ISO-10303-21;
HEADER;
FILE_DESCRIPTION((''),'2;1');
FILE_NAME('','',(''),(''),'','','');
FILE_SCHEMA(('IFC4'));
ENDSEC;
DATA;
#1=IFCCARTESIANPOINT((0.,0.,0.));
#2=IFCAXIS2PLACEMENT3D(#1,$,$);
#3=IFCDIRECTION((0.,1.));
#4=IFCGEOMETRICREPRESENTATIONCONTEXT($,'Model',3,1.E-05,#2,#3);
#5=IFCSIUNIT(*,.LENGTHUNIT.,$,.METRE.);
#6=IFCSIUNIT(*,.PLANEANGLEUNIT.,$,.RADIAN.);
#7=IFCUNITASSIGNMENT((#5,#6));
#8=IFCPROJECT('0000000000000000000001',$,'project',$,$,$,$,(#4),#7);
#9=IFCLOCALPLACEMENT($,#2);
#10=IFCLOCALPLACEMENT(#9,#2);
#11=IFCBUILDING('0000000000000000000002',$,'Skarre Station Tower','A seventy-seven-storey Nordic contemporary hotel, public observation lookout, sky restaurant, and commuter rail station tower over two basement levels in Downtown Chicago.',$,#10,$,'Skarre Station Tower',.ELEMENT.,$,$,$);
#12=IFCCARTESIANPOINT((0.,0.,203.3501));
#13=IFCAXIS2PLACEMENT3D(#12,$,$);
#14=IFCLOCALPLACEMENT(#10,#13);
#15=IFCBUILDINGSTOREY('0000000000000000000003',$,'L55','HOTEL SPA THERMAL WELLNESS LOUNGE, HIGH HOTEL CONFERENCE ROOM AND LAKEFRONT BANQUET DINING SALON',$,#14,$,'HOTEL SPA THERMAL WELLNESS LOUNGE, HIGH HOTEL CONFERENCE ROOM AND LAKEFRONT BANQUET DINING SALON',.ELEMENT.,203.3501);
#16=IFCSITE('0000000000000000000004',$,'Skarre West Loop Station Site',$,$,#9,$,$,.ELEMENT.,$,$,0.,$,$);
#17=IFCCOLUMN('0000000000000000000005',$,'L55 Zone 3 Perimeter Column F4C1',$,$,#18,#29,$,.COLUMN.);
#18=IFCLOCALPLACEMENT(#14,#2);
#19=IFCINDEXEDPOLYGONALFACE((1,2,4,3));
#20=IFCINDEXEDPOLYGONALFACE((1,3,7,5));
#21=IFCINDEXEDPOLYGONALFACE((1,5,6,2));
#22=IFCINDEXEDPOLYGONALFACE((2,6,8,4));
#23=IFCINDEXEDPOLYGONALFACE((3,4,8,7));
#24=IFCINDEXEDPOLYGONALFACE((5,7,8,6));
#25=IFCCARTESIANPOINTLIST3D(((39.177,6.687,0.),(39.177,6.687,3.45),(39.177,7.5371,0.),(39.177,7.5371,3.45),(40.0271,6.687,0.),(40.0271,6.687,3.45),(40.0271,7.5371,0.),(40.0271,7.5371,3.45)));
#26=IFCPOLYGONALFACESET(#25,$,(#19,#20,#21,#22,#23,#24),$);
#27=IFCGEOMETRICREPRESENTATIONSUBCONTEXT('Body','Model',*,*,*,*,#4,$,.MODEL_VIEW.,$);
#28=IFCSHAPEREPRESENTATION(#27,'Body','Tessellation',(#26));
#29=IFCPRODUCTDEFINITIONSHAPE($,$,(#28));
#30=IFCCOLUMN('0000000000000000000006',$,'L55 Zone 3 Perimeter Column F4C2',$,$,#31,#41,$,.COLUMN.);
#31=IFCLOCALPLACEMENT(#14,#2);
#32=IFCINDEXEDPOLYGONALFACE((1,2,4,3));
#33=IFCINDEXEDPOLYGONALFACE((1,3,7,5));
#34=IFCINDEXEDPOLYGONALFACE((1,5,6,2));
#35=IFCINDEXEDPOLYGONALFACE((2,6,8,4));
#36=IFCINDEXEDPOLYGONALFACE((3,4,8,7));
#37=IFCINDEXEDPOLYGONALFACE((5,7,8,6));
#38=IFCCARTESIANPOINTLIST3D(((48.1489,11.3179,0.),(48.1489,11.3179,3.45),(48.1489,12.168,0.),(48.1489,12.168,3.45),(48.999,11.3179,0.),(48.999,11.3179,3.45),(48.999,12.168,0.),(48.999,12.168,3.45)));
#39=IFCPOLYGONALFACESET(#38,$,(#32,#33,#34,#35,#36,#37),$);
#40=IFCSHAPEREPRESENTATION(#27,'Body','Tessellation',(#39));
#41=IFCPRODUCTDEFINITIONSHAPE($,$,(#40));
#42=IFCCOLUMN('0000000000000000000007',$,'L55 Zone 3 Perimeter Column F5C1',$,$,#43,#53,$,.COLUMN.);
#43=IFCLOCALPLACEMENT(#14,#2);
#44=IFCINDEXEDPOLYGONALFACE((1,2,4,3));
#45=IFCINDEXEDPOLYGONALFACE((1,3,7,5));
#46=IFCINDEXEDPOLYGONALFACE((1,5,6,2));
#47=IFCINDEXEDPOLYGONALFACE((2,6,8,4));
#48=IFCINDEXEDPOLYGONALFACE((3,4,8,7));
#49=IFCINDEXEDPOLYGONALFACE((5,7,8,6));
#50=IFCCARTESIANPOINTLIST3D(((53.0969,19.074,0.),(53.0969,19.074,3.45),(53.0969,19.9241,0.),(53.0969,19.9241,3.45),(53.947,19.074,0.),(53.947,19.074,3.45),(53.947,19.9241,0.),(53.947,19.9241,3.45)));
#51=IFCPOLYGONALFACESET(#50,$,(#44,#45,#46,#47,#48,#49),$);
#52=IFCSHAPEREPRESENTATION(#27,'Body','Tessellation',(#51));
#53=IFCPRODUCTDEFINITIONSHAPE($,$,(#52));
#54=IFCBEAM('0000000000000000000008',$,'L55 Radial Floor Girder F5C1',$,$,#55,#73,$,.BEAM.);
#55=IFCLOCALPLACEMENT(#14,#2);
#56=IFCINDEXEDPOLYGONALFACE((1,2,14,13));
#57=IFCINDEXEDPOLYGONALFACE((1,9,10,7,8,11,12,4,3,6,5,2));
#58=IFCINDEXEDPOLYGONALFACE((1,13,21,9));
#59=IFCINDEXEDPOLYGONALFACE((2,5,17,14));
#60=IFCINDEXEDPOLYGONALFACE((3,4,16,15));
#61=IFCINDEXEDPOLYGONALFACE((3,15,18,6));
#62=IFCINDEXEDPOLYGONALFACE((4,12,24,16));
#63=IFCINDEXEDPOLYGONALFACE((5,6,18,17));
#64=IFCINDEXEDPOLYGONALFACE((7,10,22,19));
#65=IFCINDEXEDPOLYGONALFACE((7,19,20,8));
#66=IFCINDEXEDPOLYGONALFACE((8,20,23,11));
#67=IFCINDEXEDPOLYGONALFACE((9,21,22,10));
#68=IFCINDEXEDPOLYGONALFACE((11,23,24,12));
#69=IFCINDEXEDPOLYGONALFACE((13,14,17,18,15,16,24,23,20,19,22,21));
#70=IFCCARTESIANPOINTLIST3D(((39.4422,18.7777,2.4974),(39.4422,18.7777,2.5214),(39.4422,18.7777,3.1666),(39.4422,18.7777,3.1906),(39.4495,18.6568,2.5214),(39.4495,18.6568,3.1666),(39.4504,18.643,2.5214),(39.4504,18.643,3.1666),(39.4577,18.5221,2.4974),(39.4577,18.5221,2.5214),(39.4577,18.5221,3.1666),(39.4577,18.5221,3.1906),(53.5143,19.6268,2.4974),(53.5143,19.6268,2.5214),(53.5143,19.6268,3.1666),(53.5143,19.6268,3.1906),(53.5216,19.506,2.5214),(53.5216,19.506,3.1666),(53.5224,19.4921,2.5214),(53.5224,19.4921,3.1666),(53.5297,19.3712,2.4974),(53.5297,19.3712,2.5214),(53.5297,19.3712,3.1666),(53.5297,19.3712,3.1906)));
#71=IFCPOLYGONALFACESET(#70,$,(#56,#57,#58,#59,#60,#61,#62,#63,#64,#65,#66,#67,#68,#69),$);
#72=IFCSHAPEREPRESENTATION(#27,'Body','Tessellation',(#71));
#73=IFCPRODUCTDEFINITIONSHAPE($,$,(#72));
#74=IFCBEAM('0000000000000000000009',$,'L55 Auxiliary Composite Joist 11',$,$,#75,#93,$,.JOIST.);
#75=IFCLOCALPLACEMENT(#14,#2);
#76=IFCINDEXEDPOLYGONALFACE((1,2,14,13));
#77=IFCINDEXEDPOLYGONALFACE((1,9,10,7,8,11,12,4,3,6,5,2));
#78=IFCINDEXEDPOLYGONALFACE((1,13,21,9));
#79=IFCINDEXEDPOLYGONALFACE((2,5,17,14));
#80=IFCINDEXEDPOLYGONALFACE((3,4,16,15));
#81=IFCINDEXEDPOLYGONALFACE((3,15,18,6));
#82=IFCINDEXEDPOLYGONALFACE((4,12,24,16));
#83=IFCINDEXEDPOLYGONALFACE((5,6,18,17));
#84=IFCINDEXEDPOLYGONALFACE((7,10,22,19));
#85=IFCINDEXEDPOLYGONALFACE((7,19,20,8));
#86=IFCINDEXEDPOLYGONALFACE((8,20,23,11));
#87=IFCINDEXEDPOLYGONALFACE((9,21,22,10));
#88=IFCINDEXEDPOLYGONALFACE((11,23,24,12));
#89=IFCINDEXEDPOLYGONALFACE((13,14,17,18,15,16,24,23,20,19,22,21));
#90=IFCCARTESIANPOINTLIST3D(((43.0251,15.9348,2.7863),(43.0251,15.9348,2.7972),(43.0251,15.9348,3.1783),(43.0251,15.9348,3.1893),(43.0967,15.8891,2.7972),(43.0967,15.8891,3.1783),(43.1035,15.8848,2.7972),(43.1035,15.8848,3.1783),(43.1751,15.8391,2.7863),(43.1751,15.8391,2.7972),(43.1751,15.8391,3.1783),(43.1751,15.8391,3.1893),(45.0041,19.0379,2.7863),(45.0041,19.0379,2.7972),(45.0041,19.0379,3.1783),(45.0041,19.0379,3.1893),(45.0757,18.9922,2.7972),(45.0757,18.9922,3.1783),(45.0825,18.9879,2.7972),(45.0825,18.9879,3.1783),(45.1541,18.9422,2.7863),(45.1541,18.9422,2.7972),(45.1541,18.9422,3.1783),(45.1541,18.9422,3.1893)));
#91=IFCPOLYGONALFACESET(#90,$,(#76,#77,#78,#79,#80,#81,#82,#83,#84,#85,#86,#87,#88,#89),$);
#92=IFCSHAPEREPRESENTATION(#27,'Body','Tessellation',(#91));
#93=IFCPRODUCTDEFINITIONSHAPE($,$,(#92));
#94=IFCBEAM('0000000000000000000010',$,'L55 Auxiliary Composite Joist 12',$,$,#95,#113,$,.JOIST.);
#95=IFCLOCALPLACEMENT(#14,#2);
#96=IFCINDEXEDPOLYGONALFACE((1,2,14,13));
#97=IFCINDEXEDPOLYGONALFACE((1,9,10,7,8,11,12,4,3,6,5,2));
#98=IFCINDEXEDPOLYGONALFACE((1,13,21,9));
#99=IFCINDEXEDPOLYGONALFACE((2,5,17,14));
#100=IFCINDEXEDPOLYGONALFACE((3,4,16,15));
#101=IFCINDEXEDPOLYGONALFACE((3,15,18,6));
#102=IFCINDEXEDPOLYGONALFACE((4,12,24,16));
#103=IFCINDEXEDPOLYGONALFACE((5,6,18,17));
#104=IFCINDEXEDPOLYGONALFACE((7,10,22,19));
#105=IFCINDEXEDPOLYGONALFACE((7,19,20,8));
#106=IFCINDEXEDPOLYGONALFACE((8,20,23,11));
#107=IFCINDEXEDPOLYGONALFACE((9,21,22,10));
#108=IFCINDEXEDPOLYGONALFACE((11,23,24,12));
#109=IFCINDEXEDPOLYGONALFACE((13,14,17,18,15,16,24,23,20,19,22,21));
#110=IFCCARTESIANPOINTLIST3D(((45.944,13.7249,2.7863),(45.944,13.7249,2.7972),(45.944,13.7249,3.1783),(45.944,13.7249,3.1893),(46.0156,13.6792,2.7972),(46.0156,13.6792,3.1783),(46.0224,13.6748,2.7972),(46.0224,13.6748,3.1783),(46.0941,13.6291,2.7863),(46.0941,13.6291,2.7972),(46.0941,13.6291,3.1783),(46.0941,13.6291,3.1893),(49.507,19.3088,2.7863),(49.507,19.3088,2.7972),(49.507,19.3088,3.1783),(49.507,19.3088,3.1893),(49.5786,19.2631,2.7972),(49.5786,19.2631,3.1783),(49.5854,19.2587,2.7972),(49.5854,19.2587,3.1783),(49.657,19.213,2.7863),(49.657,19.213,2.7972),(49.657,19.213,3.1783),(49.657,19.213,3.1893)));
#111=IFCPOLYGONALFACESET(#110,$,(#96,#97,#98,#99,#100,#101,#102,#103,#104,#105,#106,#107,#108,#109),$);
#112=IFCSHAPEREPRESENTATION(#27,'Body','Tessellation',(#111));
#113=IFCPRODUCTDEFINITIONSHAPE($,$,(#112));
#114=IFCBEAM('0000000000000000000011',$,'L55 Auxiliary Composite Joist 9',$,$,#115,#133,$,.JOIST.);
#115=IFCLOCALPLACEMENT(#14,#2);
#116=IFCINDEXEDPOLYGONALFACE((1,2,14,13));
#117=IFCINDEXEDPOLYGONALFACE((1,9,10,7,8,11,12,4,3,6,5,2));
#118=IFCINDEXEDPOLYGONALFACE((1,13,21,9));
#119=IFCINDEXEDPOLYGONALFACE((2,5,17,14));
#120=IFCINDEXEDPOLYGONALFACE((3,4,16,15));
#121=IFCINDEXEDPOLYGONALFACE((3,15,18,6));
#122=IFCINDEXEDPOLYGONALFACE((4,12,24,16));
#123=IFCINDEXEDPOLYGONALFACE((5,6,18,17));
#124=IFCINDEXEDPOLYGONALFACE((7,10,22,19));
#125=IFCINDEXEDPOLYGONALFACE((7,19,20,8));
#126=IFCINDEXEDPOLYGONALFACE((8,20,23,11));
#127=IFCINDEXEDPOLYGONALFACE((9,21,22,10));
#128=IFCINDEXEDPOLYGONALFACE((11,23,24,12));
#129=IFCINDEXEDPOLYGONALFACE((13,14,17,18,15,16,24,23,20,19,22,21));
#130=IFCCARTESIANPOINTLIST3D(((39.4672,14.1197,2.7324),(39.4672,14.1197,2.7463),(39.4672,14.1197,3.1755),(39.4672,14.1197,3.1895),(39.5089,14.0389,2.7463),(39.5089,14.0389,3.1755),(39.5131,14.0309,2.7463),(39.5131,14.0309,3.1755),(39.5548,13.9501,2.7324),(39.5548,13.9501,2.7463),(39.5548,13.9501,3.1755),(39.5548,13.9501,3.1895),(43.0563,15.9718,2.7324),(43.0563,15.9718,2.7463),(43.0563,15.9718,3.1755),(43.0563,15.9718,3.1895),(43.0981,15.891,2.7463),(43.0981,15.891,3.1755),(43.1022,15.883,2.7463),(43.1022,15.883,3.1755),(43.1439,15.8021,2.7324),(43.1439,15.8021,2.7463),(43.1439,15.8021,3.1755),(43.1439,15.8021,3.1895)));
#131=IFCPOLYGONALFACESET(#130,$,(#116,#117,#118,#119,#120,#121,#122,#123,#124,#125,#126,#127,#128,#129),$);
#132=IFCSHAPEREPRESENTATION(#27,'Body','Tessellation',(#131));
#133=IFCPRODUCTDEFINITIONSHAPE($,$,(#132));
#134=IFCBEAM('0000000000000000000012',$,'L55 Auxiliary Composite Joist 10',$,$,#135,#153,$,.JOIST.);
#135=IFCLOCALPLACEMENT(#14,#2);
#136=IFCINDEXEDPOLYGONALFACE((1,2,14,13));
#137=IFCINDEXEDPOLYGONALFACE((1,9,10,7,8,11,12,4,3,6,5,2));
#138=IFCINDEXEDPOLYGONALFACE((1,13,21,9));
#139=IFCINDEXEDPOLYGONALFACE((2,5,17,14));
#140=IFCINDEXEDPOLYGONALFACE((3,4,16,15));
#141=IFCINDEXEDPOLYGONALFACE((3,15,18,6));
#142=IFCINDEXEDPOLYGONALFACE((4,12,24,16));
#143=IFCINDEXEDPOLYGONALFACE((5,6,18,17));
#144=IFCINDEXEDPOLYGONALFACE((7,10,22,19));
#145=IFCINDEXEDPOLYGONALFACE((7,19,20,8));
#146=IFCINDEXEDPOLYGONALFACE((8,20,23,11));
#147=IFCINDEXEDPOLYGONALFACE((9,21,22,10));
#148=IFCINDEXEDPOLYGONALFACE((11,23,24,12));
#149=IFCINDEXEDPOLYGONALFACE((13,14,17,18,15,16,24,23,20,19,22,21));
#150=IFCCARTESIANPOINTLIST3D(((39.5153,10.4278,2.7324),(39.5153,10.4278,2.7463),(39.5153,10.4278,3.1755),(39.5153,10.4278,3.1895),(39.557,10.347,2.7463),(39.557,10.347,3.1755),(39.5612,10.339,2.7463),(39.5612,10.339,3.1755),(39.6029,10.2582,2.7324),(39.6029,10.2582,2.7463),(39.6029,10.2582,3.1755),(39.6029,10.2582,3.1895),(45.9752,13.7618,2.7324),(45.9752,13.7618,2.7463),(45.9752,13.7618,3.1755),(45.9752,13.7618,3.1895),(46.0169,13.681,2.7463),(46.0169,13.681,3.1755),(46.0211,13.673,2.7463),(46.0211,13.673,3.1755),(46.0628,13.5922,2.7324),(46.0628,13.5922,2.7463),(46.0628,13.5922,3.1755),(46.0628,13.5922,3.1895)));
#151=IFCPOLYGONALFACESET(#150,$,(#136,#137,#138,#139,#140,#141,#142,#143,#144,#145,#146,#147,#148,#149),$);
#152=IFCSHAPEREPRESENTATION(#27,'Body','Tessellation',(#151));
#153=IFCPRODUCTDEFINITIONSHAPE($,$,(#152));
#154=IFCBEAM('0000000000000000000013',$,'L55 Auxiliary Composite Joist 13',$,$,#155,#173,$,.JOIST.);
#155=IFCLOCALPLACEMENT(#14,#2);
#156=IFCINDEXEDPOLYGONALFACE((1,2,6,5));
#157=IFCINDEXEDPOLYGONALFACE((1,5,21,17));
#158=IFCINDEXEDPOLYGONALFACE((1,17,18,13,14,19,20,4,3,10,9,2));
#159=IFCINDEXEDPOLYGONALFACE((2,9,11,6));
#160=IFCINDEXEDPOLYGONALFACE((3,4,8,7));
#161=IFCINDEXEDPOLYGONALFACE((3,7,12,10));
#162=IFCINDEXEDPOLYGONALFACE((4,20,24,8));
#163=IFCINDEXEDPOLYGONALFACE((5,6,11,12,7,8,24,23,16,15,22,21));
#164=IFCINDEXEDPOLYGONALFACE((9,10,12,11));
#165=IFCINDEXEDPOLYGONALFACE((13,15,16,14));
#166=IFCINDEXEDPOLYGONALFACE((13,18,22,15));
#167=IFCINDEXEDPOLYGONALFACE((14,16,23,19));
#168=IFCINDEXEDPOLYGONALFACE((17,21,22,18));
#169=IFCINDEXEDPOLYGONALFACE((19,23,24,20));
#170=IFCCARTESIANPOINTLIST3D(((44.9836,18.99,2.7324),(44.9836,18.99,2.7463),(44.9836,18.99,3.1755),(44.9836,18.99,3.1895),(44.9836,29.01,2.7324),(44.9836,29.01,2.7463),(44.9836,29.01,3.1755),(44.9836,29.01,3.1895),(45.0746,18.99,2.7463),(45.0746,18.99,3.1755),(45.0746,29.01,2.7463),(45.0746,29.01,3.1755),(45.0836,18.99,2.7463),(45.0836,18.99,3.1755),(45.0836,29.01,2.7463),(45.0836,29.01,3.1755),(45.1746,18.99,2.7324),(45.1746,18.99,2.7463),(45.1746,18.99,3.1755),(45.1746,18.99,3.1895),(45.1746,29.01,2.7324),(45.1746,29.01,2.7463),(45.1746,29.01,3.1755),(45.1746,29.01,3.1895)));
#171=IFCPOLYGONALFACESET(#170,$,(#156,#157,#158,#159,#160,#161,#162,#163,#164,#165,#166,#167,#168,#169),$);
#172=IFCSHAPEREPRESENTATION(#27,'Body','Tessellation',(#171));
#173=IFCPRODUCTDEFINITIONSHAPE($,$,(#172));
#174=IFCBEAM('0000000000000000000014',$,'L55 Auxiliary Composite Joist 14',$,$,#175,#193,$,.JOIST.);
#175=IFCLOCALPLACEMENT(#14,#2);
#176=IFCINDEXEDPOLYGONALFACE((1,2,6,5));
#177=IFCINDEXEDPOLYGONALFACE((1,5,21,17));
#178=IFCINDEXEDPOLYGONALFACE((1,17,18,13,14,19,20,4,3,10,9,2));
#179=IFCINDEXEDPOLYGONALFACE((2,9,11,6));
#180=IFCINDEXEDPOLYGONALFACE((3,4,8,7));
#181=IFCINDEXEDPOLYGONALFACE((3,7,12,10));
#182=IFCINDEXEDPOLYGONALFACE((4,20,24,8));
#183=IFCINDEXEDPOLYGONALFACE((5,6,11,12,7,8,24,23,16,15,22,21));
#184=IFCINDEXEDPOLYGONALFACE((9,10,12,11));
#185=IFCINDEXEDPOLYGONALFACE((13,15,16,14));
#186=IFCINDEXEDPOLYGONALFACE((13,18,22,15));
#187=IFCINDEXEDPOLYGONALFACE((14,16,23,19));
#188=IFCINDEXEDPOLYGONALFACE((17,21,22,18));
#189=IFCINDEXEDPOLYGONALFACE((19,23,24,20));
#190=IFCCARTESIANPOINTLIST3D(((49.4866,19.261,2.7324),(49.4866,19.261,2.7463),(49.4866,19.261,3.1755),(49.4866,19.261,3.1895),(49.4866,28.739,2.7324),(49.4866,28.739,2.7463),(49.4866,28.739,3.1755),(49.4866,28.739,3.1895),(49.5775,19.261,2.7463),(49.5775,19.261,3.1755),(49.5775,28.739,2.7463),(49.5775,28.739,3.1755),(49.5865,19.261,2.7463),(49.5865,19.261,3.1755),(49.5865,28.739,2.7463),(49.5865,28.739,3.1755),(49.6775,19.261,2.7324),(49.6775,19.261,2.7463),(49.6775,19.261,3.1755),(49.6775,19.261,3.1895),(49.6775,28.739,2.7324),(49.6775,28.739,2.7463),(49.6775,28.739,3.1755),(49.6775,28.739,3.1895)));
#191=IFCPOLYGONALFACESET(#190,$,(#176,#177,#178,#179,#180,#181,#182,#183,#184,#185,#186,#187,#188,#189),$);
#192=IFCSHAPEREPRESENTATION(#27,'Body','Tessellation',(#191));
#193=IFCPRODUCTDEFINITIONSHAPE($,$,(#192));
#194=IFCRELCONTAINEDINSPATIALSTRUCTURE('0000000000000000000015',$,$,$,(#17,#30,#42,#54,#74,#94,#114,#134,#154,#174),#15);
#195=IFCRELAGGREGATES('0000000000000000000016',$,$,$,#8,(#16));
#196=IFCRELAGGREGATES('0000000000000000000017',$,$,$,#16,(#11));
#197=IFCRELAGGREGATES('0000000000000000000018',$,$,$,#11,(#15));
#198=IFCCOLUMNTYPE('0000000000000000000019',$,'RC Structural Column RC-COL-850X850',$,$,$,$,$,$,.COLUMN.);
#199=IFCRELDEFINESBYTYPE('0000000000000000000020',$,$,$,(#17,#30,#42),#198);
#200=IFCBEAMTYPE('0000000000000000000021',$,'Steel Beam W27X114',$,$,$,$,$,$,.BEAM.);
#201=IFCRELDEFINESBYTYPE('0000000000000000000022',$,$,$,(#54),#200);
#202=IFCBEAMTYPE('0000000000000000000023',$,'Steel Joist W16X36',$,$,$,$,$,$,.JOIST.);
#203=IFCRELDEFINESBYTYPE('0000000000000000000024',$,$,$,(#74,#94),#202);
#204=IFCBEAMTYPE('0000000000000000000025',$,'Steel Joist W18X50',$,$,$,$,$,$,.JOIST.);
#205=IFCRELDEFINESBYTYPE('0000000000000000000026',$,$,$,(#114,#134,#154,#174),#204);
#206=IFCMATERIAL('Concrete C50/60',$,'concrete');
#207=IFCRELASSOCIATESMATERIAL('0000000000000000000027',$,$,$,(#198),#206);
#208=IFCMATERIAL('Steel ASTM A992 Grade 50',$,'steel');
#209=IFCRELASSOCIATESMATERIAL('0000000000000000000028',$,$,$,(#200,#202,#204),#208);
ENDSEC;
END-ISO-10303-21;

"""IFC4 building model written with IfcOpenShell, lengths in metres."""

from ifc_helpers import new_model, si_unit, direction, frame, origin, origin_2d, place, context, subcontext, project, spatial, rectangle, i_section, extrude, material, material_profile, profile_set, type_object, element, save


model = new_model("IFC4")

# Units and contexts
model_context = context("Model", 3, precision=1e-05, world=origin(), true_north=direction((0.0, 1.0)))
body_context = subcontext(model_context, "Body", "Model", "MODEL_VIEW")
ifc_project = project(units=[si_unit("LENGTHUNIT", "METRE"), si_unit("PLANEANGLEUNIT", "RADIAN")], contexts=[model_context])

# Site, building, storey
site_placement = place(None, origin())
site = spatial("IfcSite", under=ifc_project, at=site_placement, Name="Skarre West Loop Station Site", CompositionType="ELEMENT", RefElevation=0.0)
building_placement = place(site_placement, origin())
building = spatial("IfcBuilding", under=site, at=building_placement, Name="Skarre Station Tower", Description="A seventy-seven-storey Nordic contemporary hotel, public observation lookout, sky restaurant, and commuter rail station tower over two basement levels in Downtown Chicago.", LongName="Skarre Station Tower", CompositionType="ELEMENT")
storey_placement = place(building_placement, frame((0.0, 0.0, 203.3501)))
storey = spatial("IfcBuildingStorey", under=building, at=storey_placement, Name="L55", Description="HOTEL SPA THERMAL WELLNESS LOUNGE, HIGH HOTEL CONFERENCE ROOM AND LAKEFRONT BANQUET DINING SALON", LongName="HOTEL SPA THERMAL WELLNESS LOUNGE, HIGH HOTEL CONFERENCE ROOM AND LAKEFRONT BANQUET DINING SALON", CompositionType="ELEMENT", Elevation=203.3501)

# Columns
ifc_material_1 = material(Name="Concrete C50/60", Category="concrete")
ifc_material_profile_1 = material_profile(ifc_material_1, rectangle(XDim=0.8501, YDim=0.8501, at=origin_2d()), Name="Concrete C50/60")
ifc_profile_set_1 = profile_set([ifc_material_profile_1], Name="Concrete C50/60")
column_type = type_object("IfcColumnType", Name="RC Structural Column RC-COL-850X850", PredefinedType="COLUMN", material=ifc_profile_set_1)
for number, where, z_axis, x_axis, name in (
    (1, (39.6021, 7.1121, 0.0), (0.0, 0.0, 1.0), (1.0, 0.0, 0.0), "L55 Zone 3 Perimeter Column F4C1"),
    (2, (48.574, 11.7429, 0.0), (0.0, 0.0, 1.0), (1.0, 0.0, 0.0), "L55 Zone 3 Perimeter Column F4C2"),
    (3, (53.522, 19.499, 0.0), (0.0, 0.0, 1.0), (1.0, 0.0, 0.0), "L55 Zone 3 Perimeter Column F5C1"),
):
    element("IfcColumn", number, at=place(storey_placement, frame(where, z_axis=z_axis, x_axis=x_axis)), inside=storey, type_object=column_type, Name=name, PredefinedType="COLUMN", context=body_context, shape_type="SweptSolid", body=[
        extrude(rectangle(XDim=0.8501, YDim=0.8501, at=origin_2d()), origin(), (0.0, 0.0, 1.0), 3.45),
    ])

# Beams
ifc_material_2 = material(Name="Steel ASTM A992 Grade 50", Category="steel")
ifc_material_profile_2 = material_profile(ifc_material_2, i_section(OverallWidth=0.2561, OverallDepth=0.6931, WebThickness=0.0139, FlangeThickness=0.0239, at=origin_2d()), Name="Steel ASTM A992 Grade 50")
ifc_profile_set_2 = profile_set([ifc_material_profile_2], Name="Steel ASTM A992 Grade 50")
beam_type_1 = type_object("IfcBeamType", Name="Steel Beam W27X114", PredefinedType="BEAM", material=ifc_profile_set_2)
beam_1_placement = place(storey_placement, frame((39.45, 18.6499, 2.844), z_axis=(0.998184, 0.060232, 0.0), x_axis=(-0.060232, 0.998184, 0.0)))
element("IfcBeam", 4, at=beam_1_placement, inside=storey, type_object=beam_type_1, Name="L55 Radial Floor Girder F5C1", PredefinedType="BEAM", context=body_context, shape_type="SweptSolid", body=[
    extrude(i_section(OverallWidth=0.2561, OverallDepth=0.6931, WebThickness=0.0139, FlangeThickness=0.0239, at=origin_2d()), origin(), (0.0, 0.0, 1.0), 14.0977),
])
ifc_material_profile_3 = material_profile(ifc_material_2, i_section(OverallWidth=0.178, OverallDepth=0.4031, WebThickness=0.0081, FlangeThickness=0.011, at=origin_2d()), Name="Steel ASTM A992 Grade 50")
ifc_profile_set_3 = profile_set([ifc_material_profile_3], Name="Steel ASTM A992 Grade 50")
beam_type_2 = type_object("IfcBeamType", Name="Steel Joist W16X36", PredefinedType="JOIST", material=ifc_profile_set_3)
beam_2_placement = place(storey_placement, frame((43.1001, 15.887, 2.9878), z_axis=(0.537717, 0.843126, 0.0), x_axis=(-0.843126, 0.537717, 0.0)))
element("IfcBeam", 5, at=beam_2_placement, inside=storey, type_object=beam_type_2, Name="L55 Auxiliary Composite Joist 11", PredefinedType="JOIST", context=body_context, shape_type="SweptSolid", body=[
    extrude(i_section(OverallWidth=0.178, OverallDepth=0.4031, WebThickness=0.0081, FlangeThickness=0.011, at=origin_2d()), origin(), (0.0, 0.0, 1.0), 3.6804),
])
beam_3_placement = place(storey_placement, frame((46.019, 13.677, 2.9878), z_axis=(0.537901, 0.843008, 0.0), x_axis=(-0.843008, 0.537901, 0.0)))
element("IfcBeam", 6, at=beam_3_placement, inside=storey, type_object=beam_type_2, Name="L55 Auxiliary Composite Joist 12", PredefinedType="JOIST", context=body_context, shape_type="SweptSolid", body=[
    extrude(i_section(OverallWidth=0.178, OverallDepth=0.4031, WebThickness=0.0081, FlangeThickness=0.011, at=origin_2d()), origin(), (0.0, 0.0, 1.0), 6.6238),
])
ifc_material_profile_4 = material_profile(ifc_material_2, i_section(OverallWidth=0.1909, OverallDepth=0.457, WebThickness=0.009, FlangeThickness=0.0139, at=origin_2d()), Name="Steel ASTM A992 Grade 50")
ifc_profile_set_4 = profile_set([ifc_material_profile_4], Name="Steel ASTM A992 Grade 50")
beam_type_3 = type_object("IfcBeamType", Name="Steel Joist W18X50", PredefinedType="JOIST", material=ifc_profile_set_4)
beam_4_placement = place(storey_placement, frame((39.511, 14.0349, 2.9609), z_axis=(0.88866, 0.458566, 0.0), x_axis=(-0.458566, 0.88866, 0.0)))
element("IfcBeam", 7, at=beam_4_placement, inside=storey, type_object=beam_type_3, Name="L55 Auxiliary Composite Joist 9", PredefinedType="JOIST", context=body_context, shape_type="SweptSolid", body=[
    extrude(i_section(OverallWidth=0.1909, OverallDepth=0.457, WebThickness=0.009, FlangeThickness=0.0139, at=origin_2d()), origin(), (0.0, 0.0, 1.0), 4.0388),
])
beam_5_placement = place(storey_placement, frame((39.5591, 10.343, 2.9609), z_axis=(0.888631, 0.458622, 0.0), x_axis=(-0.458622, 0.888631, 0.0)))
element("IfcBeam", 8, at=beam_5_placement, inside=storey, type_object=beam_type_3, Name="L55 Auxiliary Composite Joist 10", PredefinedType="JOIST", context=body_context, shape_type="SweptSolid", body=[
    extrude(i_section(OverallWidth=0.1909, OverallDepth=0.457, WebThickness=0.009, FlangeThickness=0.0139, at=origin_2d()), origin(), (0.0, 0.0, 1.0), 7.2695),
])
beam_6_placement = place(storey_placement, frame((45.0791, 18.99, 2.9609), z_axis=(0.0, 1.0, 0.0), x_axis=(-1.0, 0.0, 0.0)))
element("IfcBeam", 9, at=beam_6_placement, inside=storey, type_object=beam_type_3, Name="L55 Auxiliary Composite Joist 13", PredefinedType="JOIST", context=body_context, shape_type="SweptSolid", body=[
    extrude(i_section(OverallWidth=0.1909, OverallDepth=0.457, WebThickness=0.009, FlangeThickness=0.0139, at=origin_2d()), origin(), (0.0, 0.0, 1.0), 10.02),
])
beam_7_placement = place(storey_placement, frame((49.582, 19.261, 2.9609), z_axis=(0.0, 1.0, 0.0), x_axis=(-1.0, 0.0, 0.0)))
element("IfcBeam", 10, at=beam_7_placement, inside=storey, type_object=beam_type_3, Name="L55 Auxiliary Composite Joist 14", PredefinedType="JOIST", context=body_context, shape_type="SweptSolid", body=[
    extrude(i_section(OverallWidth=0.1909, OverallDepth=0.457, WebThickness=0.009, FlangeThickness=0.0139, at=origin_2d()), origin(), (0.0, 0.0, 1.0), 9.478),
])

save(model, "model.ifc")
